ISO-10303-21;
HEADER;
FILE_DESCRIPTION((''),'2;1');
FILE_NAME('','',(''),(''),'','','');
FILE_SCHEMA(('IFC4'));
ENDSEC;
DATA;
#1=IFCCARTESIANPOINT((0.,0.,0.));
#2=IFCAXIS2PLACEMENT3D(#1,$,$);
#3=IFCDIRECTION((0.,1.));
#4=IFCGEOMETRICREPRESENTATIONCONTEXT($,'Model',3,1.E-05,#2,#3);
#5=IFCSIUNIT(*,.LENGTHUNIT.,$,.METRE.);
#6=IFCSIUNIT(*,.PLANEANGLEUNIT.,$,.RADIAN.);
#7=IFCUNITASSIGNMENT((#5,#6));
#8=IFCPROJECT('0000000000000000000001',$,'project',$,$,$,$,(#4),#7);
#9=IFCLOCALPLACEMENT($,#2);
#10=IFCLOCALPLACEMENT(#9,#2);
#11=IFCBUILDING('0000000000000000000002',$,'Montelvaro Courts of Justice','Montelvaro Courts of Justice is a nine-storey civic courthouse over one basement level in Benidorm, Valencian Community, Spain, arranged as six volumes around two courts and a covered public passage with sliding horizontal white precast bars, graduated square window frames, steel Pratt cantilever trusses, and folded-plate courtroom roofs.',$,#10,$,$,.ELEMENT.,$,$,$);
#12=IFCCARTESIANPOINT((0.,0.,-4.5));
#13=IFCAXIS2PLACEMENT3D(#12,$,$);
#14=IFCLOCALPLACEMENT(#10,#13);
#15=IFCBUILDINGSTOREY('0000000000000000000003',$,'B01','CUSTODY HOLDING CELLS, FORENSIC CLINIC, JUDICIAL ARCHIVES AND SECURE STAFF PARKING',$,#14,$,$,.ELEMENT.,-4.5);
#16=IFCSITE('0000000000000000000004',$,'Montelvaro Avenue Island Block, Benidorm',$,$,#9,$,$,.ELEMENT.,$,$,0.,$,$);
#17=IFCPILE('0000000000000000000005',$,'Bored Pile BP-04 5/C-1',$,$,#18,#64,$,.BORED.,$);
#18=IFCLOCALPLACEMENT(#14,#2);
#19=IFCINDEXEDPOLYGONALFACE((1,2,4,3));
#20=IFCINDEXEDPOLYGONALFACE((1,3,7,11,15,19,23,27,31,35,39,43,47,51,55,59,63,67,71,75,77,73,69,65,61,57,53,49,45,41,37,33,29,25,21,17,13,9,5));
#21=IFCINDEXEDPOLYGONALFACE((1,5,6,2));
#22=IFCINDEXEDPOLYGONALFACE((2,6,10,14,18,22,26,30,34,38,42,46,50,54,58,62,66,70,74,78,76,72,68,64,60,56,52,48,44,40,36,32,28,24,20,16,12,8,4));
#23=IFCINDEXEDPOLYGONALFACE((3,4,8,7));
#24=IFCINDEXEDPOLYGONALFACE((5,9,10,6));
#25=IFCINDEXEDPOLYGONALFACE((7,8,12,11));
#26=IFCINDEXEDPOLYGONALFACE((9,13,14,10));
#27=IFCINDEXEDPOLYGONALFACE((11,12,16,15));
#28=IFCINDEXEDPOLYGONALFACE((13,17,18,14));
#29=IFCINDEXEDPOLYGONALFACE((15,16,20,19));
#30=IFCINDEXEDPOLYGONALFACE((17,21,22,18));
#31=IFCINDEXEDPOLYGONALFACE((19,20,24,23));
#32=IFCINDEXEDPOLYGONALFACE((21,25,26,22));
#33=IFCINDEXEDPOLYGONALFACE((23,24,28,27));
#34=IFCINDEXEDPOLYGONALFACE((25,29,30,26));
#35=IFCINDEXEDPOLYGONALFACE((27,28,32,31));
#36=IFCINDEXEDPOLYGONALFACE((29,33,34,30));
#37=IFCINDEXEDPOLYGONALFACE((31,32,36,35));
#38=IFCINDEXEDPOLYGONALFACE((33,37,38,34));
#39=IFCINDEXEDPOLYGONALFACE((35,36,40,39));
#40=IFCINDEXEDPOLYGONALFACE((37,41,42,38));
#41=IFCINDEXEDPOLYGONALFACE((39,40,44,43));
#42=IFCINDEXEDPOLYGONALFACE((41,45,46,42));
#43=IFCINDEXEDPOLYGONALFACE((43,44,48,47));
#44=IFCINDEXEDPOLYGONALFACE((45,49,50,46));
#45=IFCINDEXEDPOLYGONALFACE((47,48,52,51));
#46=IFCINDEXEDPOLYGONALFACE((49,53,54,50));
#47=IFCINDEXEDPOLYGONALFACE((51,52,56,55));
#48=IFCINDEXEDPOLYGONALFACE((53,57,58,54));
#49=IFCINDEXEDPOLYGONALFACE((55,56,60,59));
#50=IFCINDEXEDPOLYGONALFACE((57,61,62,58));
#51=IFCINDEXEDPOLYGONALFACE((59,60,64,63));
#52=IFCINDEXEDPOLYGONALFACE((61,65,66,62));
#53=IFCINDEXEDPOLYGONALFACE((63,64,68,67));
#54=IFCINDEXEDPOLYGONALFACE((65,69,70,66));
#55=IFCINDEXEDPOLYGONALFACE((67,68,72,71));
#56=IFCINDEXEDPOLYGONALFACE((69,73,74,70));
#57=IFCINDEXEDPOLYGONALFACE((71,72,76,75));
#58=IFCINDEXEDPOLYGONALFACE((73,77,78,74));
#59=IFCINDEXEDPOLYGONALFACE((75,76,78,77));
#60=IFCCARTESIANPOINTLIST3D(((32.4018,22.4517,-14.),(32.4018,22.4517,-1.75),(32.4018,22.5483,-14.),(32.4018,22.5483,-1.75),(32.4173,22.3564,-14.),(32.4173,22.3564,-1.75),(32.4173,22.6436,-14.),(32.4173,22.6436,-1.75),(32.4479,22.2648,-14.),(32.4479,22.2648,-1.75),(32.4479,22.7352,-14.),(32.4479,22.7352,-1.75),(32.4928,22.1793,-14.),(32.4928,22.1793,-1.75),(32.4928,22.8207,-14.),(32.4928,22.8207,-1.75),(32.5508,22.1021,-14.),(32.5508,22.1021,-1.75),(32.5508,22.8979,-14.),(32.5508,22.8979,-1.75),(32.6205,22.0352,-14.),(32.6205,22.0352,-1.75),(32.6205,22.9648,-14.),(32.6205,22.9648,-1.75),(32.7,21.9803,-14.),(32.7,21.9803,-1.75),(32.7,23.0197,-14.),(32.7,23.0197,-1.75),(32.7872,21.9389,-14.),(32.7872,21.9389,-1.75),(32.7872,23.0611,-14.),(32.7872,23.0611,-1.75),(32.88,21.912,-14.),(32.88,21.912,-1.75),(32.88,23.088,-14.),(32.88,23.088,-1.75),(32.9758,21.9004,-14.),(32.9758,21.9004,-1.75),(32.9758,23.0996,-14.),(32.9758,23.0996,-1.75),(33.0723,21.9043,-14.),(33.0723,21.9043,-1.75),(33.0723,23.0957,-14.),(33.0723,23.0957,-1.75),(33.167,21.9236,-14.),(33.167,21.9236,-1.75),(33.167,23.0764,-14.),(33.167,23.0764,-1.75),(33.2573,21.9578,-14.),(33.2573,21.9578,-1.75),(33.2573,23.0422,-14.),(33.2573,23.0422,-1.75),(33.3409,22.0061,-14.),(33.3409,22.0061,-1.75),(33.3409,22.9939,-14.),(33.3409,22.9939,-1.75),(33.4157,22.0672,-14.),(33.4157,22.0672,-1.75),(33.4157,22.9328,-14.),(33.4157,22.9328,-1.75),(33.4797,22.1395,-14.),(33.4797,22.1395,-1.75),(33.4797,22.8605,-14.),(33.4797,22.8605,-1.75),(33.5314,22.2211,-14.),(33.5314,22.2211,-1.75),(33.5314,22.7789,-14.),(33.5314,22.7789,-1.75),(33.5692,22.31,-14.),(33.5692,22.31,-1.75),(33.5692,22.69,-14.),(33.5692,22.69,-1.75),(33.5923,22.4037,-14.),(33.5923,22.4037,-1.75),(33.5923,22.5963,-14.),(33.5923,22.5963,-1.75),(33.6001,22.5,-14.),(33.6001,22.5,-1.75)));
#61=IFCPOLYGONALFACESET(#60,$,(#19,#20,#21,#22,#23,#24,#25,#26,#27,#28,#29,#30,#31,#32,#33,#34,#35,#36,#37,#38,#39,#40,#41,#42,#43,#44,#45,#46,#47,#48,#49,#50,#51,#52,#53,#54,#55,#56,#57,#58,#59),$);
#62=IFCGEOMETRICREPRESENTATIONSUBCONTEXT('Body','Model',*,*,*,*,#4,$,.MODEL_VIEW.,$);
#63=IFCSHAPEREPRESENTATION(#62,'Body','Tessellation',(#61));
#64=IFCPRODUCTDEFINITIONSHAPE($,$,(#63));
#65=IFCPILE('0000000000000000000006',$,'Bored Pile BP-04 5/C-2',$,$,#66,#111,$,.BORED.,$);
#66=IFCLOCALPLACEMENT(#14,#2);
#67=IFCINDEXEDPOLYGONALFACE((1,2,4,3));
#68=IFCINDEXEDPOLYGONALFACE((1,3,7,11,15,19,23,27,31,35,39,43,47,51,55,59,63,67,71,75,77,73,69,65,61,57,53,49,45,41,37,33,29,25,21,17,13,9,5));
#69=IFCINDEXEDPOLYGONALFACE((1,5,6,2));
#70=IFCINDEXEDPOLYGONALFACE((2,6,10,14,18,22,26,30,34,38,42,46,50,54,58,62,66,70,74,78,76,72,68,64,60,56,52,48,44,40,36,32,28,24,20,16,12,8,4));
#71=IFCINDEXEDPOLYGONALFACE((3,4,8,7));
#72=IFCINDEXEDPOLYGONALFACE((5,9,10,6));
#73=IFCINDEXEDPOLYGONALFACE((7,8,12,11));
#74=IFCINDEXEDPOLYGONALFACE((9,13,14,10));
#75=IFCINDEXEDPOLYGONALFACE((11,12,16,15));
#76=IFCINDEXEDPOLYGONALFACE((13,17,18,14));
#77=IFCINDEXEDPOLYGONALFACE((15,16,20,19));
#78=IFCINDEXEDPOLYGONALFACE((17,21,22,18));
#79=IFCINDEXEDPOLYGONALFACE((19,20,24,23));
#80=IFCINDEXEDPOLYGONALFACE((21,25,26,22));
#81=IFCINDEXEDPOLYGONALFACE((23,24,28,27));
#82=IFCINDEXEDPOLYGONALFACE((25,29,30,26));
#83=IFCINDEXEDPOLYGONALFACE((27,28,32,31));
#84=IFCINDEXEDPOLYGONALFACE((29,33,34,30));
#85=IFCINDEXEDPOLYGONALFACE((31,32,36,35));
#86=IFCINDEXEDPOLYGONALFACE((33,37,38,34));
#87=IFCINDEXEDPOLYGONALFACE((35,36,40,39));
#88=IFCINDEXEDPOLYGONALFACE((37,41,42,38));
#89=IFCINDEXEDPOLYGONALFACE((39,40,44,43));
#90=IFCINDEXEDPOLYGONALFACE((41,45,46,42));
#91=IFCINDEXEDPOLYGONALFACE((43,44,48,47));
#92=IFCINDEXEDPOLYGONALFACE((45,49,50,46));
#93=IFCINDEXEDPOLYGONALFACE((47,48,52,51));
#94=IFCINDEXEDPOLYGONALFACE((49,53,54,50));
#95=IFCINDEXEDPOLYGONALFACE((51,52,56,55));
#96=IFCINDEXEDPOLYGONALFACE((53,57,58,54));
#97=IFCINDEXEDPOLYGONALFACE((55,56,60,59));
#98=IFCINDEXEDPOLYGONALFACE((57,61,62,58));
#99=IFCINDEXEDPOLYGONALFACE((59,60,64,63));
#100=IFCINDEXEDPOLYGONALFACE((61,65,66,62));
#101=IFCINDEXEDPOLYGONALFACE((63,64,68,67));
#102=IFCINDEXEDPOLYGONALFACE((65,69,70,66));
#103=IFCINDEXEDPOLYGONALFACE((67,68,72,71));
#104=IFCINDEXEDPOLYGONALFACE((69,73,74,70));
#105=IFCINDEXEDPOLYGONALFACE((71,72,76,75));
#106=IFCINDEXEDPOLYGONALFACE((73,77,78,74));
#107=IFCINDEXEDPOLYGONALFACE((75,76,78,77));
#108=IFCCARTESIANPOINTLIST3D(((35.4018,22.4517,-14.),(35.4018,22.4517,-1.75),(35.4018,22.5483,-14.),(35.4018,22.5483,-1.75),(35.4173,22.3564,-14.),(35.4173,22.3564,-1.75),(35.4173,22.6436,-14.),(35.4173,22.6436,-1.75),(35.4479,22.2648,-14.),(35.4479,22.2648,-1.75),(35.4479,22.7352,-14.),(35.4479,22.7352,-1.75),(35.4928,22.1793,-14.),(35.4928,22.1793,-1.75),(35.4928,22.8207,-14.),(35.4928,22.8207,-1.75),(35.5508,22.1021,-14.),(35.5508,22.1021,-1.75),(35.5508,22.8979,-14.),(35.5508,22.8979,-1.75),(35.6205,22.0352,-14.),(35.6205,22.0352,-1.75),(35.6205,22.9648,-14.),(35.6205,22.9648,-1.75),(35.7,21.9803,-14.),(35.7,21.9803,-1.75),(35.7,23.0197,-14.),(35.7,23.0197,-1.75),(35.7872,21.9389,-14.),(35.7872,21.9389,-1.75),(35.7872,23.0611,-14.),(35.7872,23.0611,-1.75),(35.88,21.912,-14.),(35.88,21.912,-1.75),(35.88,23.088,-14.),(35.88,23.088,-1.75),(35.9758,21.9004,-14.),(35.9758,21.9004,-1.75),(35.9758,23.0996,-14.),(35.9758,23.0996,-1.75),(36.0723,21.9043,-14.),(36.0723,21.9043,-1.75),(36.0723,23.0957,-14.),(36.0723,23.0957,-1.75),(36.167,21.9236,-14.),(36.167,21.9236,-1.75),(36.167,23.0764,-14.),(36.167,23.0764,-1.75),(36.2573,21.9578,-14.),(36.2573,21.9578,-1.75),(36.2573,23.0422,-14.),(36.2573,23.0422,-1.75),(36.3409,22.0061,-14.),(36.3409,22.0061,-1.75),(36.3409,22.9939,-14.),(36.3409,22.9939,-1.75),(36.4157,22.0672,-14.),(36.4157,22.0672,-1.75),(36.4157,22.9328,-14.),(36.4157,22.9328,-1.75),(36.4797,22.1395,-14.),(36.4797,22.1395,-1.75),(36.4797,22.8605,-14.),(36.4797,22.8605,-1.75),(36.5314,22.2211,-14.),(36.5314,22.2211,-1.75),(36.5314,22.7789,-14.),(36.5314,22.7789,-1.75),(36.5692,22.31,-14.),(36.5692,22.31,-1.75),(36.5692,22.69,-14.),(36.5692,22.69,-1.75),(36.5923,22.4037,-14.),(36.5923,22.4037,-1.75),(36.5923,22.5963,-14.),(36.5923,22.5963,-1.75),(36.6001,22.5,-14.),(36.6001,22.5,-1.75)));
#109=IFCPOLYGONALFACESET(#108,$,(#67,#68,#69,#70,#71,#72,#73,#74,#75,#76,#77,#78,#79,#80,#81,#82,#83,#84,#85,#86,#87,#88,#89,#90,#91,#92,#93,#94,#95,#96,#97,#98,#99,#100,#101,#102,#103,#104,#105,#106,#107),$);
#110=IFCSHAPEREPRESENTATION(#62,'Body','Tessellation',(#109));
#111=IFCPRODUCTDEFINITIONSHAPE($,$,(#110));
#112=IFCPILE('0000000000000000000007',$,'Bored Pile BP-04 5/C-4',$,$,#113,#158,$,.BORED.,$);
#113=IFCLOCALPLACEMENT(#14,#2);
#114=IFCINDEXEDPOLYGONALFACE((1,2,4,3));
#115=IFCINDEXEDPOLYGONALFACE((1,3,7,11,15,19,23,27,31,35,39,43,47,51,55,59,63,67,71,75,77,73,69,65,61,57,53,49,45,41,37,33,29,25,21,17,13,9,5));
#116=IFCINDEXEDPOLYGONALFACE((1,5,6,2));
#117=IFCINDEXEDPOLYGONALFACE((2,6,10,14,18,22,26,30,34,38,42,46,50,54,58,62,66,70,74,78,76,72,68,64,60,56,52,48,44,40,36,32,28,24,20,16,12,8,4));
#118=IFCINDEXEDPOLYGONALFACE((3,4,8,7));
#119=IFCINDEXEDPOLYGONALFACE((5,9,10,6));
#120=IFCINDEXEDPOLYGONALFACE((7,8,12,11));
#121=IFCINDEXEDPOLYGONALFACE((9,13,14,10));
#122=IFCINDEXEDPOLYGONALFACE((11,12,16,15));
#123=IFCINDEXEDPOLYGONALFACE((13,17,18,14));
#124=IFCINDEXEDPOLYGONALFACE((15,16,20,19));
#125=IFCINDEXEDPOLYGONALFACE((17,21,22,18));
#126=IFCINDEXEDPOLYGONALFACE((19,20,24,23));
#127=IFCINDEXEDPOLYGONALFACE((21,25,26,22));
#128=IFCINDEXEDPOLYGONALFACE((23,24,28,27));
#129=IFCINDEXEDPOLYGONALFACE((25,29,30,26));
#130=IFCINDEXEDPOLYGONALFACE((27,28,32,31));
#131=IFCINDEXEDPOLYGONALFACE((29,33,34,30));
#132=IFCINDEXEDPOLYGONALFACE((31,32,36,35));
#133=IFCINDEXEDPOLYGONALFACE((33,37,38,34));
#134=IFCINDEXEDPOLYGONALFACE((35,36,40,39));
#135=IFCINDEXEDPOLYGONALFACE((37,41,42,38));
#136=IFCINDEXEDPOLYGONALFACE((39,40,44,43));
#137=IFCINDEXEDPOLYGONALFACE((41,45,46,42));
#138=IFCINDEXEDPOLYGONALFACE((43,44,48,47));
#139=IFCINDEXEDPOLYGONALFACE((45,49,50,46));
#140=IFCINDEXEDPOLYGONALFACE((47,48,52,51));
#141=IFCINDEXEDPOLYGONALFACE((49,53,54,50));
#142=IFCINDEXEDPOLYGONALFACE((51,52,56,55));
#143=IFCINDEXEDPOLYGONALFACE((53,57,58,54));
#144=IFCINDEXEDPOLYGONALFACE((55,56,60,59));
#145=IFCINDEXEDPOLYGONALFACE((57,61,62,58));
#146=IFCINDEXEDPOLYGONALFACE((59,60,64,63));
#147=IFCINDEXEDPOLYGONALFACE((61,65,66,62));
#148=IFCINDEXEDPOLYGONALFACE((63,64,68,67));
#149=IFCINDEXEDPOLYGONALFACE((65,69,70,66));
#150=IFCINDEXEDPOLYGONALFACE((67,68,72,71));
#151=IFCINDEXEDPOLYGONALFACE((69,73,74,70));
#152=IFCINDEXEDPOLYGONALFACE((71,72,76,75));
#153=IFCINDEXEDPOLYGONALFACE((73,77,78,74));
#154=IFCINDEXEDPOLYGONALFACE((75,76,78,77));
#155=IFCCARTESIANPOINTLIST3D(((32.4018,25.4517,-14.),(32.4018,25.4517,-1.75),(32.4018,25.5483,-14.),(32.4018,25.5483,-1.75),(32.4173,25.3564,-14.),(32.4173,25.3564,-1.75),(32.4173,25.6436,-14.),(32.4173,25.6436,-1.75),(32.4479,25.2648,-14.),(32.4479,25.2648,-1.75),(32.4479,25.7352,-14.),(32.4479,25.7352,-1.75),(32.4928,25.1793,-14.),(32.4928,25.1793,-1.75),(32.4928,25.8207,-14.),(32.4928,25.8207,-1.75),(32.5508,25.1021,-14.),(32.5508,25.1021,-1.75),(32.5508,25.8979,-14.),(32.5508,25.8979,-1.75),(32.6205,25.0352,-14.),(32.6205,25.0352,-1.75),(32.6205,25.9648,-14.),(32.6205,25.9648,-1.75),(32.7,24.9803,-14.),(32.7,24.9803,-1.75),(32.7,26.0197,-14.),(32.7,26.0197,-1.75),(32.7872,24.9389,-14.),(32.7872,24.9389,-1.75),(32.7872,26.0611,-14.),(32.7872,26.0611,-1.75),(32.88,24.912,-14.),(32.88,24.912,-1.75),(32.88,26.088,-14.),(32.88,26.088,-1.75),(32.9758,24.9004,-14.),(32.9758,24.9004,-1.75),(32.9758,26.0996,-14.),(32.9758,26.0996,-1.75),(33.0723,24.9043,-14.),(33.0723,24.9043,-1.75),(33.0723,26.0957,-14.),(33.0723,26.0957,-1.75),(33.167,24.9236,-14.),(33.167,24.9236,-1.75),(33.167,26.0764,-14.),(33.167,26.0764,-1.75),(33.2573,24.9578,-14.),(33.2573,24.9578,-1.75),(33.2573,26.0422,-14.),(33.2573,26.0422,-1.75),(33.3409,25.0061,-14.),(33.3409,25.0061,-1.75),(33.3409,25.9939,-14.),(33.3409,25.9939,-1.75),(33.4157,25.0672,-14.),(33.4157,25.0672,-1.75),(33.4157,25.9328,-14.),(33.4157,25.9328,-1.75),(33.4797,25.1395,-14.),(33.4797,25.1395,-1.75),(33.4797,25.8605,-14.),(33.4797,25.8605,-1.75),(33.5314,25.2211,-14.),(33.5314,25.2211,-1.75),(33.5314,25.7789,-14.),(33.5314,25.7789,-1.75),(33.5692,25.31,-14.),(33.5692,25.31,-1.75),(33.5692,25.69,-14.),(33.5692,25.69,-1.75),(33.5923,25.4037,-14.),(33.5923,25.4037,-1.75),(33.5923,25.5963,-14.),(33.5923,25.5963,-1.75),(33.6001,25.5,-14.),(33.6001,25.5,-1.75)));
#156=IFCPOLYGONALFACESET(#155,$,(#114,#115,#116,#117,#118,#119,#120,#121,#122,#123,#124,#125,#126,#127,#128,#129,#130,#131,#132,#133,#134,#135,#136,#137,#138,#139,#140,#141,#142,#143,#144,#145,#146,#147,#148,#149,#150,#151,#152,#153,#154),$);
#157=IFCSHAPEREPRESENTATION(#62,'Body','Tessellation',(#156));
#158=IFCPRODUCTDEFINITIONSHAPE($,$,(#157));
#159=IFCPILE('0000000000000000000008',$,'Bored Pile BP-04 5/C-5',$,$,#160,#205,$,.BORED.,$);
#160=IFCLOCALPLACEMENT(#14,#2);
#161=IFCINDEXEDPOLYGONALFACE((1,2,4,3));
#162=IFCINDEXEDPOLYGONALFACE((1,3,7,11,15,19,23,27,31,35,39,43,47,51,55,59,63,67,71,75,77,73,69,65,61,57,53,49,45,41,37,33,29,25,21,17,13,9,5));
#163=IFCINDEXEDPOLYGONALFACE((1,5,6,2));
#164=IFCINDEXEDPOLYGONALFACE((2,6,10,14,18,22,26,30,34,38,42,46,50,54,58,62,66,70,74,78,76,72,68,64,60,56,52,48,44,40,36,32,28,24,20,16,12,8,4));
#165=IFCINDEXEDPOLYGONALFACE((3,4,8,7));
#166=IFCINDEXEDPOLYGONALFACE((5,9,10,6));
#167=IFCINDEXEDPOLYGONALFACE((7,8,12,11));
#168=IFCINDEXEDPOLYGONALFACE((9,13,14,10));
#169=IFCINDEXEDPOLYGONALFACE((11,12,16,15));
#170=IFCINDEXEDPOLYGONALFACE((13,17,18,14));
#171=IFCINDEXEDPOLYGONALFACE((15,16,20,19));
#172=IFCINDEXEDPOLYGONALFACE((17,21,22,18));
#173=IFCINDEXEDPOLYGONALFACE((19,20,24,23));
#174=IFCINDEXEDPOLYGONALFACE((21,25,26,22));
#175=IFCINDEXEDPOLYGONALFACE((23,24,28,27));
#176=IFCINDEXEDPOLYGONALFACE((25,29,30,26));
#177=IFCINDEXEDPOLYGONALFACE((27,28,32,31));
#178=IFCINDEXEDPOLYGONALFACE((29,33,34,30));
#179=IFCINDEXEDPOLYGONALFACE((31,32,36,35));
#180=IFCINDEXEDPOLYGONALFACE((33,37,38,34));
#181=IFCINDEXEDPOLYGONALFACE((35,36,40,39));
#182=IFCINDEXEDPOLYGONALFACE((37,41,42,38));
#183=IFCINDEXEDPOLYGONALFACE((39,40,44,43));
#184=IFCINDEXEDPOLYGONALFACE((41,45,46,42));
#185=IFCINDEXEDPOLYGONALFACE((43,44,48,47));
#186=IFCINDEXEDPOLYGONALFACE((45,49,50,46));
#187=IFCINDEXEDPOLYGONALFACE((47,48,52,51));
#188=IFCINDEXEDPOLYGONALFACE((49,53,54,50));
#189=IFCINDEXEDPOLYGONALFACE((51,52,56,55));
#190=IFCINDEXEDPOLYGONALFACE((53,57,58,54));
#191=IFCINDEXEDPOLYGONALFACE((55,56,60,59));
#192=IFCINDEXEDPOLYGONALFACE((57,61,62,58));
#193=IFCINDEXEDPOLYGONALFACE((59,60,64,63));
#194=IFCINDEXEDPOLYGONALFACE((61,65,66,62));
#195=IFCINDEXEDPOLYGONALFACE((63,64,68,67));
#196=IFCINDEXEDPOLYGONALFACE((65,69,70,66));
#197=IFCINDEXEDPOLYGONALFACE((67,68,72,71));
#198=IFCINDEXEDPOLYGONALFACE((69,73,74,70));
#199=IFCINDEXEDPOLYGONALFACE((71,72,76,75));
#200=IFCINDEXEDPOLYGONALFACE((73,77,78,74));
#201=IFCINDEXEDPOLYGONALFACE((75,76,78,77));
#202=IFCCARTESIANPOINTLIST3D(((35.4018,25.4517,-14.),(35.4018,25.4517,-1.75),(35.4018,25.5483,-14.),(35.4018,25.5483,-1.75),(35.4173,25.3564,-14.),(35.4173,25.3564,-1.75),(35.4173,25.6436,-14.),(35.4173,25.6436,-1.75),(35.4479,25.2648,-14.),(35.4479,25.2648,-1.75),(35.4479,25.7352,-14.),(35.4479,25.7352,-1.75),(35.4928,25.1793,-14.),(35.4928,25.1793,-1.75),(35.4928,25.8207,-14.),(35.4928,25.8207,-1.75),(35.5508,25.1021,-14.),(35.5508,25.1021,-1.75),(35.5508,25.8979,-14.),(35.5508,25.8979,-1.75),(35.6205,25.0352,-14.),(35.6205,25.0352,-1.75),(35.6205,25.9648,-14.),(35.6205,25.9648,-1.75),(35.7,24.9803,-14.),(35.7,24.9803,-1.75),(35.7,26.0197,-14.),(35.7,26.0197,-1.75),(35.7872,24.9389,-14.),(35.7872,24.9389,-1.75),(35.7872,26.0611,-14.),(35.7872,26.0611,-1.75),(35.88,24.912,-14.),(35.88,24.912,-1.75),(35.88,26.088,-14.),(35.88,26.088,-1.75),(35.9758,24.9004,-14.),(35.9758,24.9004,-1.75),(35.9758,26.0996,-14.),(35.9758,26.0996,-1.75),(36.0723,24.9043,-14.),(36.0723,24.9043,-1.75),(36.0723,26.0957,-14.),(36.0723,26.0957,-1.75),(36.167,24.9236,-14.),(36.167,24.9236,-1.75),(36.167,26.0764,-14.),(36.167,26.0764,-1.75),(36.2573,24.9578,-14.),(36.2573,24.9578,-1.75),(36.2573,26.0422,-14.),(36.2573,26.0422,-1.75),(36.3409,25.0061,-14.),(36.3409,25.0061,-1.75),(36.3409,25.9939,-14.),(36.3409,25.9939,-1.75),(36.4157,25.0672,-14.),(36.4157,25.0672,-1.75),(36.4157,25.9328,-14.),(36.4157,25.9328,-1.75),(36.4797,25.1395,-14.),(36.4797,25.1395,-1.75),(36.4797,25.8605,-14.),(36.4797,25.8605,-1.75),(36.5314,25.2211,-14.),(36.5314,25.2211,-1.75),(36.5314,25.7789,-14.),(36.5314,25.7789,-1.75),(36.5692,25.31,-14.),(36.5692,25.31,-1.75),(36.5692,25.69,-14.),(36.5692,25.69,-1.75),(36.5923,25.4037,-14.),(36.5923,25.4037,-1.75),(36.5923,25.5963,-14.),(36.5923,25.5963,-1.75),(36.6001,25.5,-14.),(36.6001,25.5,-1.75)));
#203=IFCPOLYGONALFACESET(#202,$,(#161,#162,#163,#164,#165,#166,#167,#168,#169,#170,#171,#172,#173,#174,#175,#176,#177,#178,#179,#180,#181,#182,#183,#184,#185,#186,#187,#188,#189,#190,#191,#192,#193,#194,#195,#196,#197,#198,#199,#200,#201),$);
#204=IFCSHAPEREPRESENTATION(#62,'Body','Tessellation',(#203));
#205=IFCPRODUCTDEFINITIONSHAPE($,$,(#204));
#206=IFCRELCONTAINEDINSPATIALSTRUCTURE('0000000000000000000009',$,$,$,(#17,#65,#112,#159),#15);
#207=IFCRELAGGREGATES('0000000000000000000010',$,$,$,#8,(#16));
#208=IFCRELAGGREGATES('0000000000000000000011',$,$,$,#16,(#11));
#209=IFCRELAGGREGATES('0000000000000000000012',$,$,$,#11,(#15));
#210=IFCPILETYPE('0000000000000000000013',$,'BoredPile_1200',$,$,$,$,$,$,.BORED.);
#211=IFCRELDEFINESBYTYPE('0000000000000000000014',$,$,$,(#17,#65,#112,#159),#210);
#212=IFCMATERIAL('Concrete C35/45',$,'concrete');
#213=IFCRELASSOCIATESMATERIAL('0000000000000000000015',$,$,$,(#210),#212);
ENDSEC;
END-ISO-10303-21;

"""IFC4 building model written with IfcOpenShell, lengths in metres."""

from ifc_helpers import new_model, si_unit, direction, frame, origin, origin_2d, place, context, subcontext, project, spatial, circle, extrude, material, material_profile, profile_set, type_object, element, save


model = new_model("IFC4")

# Units and contexts
model_context = context("Model", 3, precision=1e-05, world=origin(), true_north=direction((0.0, 1.0)))
body_context = subcontext(model_context, "Body", "Model", "MODEL_VIEW")
ifc_project = project(units=[si_unit("LENGTHUNIT", "METRE"), si_unit("PLANEANGLEUNIT", "RADIAN")], contexts=[model_context])

# Site, building, storey
site_placement = place(None, origin())
site = spatial("IfcSite", under=ifc_project, at=site_placement, Name="Montelvaro Avenue Island Block, Benidorm", CompositionType="ELEMENT", RefElevation=0.0)
building_placement = place(site_placement, origin())
building = spatial("IfcBuilding", under=site, at=building_placement, Name="Montelvaro Courts of Justice", Description="Montelvaro Courts of Justice is a nine-storey civic courthouse over one basement level in Benidorm, Valencian Community, Spain, arranged as six volumes around two courts and a covered public passage with sliding horizontal white precast bars, graduated square window frames, steel Pratt cantilever trusses, and folded-plate courtroom roofs.", CompositionType="ELEMENT")
storey_placement = place(building_placement, frame((0.0, 0.0, -4.5)))
storey = spatial("IfcBuildingStorey", under=building, at=storey_placement, Name="B01", Description="CUSTODY HOLDING CELLS, FORENSIC CLINIC, JUDICIAL ARCHIVES AND SECURE STAFF PARKING", CompositionType="ELEMENT", Elevation=-4.5)

# Piles
ifc_material_1 = material(Name="Concrete C35/45", Category="concrete")
ifc_material_profile_1 = material_profile(ifc_material_1, circle(Radius=0.6001, at=origin_2d()), Name="BORED PILE D1200")
ifc_profile_set_1 = profile_set([ifc_material_profile_1], Name="Concrete C35/45")
pile_type_1 = type_object("IfcPileType", Name="BoredPile_1200", PredefinedType="BORED", material=ifc_profile_set_1)
for number, where, z_axis, x_axis, name in (
    (1, (33.0, 22.5, -1.75), (0.0, 0.0, -1.0), (1.0, 0.0, 0.0), "Bored Pile BP-04 5/C-1"),
    (2, (36.0, 22.5, -1.75), (0.0, 0.0, -1.0), (1.0, 0.0, 0.0), "Bored Pile BP-04 5/C-2"),
    (3, (33.0, 25.5, -1.75), (0.0, 0.0, -1.0), (1.0, 0.0, 0.0), "Bored Pile BP-04 5/C-4"),
    (4, (36.0, 25.5, -1.75), (0.0, 0.0, -1.0), (1.0, 0.0, 0.0), "Bored Pile BP-04 5/C-5"),
):
    element("IfcPile", number, at=place(storey_placement, frame(where, z_axis=z_axis, x_axis=x_axis)), inside=storey, type_object=pile_type_1, Name=name, PredefinedType="BORED", context=body_context, shape_type="SweptSolid", body=[
        extrude(circle(Radius=0.6001, at=origin_2d()), origin(), (0.0, 0.0, 1.0), 12.25),
    ])

save(model, "model.ifc")
